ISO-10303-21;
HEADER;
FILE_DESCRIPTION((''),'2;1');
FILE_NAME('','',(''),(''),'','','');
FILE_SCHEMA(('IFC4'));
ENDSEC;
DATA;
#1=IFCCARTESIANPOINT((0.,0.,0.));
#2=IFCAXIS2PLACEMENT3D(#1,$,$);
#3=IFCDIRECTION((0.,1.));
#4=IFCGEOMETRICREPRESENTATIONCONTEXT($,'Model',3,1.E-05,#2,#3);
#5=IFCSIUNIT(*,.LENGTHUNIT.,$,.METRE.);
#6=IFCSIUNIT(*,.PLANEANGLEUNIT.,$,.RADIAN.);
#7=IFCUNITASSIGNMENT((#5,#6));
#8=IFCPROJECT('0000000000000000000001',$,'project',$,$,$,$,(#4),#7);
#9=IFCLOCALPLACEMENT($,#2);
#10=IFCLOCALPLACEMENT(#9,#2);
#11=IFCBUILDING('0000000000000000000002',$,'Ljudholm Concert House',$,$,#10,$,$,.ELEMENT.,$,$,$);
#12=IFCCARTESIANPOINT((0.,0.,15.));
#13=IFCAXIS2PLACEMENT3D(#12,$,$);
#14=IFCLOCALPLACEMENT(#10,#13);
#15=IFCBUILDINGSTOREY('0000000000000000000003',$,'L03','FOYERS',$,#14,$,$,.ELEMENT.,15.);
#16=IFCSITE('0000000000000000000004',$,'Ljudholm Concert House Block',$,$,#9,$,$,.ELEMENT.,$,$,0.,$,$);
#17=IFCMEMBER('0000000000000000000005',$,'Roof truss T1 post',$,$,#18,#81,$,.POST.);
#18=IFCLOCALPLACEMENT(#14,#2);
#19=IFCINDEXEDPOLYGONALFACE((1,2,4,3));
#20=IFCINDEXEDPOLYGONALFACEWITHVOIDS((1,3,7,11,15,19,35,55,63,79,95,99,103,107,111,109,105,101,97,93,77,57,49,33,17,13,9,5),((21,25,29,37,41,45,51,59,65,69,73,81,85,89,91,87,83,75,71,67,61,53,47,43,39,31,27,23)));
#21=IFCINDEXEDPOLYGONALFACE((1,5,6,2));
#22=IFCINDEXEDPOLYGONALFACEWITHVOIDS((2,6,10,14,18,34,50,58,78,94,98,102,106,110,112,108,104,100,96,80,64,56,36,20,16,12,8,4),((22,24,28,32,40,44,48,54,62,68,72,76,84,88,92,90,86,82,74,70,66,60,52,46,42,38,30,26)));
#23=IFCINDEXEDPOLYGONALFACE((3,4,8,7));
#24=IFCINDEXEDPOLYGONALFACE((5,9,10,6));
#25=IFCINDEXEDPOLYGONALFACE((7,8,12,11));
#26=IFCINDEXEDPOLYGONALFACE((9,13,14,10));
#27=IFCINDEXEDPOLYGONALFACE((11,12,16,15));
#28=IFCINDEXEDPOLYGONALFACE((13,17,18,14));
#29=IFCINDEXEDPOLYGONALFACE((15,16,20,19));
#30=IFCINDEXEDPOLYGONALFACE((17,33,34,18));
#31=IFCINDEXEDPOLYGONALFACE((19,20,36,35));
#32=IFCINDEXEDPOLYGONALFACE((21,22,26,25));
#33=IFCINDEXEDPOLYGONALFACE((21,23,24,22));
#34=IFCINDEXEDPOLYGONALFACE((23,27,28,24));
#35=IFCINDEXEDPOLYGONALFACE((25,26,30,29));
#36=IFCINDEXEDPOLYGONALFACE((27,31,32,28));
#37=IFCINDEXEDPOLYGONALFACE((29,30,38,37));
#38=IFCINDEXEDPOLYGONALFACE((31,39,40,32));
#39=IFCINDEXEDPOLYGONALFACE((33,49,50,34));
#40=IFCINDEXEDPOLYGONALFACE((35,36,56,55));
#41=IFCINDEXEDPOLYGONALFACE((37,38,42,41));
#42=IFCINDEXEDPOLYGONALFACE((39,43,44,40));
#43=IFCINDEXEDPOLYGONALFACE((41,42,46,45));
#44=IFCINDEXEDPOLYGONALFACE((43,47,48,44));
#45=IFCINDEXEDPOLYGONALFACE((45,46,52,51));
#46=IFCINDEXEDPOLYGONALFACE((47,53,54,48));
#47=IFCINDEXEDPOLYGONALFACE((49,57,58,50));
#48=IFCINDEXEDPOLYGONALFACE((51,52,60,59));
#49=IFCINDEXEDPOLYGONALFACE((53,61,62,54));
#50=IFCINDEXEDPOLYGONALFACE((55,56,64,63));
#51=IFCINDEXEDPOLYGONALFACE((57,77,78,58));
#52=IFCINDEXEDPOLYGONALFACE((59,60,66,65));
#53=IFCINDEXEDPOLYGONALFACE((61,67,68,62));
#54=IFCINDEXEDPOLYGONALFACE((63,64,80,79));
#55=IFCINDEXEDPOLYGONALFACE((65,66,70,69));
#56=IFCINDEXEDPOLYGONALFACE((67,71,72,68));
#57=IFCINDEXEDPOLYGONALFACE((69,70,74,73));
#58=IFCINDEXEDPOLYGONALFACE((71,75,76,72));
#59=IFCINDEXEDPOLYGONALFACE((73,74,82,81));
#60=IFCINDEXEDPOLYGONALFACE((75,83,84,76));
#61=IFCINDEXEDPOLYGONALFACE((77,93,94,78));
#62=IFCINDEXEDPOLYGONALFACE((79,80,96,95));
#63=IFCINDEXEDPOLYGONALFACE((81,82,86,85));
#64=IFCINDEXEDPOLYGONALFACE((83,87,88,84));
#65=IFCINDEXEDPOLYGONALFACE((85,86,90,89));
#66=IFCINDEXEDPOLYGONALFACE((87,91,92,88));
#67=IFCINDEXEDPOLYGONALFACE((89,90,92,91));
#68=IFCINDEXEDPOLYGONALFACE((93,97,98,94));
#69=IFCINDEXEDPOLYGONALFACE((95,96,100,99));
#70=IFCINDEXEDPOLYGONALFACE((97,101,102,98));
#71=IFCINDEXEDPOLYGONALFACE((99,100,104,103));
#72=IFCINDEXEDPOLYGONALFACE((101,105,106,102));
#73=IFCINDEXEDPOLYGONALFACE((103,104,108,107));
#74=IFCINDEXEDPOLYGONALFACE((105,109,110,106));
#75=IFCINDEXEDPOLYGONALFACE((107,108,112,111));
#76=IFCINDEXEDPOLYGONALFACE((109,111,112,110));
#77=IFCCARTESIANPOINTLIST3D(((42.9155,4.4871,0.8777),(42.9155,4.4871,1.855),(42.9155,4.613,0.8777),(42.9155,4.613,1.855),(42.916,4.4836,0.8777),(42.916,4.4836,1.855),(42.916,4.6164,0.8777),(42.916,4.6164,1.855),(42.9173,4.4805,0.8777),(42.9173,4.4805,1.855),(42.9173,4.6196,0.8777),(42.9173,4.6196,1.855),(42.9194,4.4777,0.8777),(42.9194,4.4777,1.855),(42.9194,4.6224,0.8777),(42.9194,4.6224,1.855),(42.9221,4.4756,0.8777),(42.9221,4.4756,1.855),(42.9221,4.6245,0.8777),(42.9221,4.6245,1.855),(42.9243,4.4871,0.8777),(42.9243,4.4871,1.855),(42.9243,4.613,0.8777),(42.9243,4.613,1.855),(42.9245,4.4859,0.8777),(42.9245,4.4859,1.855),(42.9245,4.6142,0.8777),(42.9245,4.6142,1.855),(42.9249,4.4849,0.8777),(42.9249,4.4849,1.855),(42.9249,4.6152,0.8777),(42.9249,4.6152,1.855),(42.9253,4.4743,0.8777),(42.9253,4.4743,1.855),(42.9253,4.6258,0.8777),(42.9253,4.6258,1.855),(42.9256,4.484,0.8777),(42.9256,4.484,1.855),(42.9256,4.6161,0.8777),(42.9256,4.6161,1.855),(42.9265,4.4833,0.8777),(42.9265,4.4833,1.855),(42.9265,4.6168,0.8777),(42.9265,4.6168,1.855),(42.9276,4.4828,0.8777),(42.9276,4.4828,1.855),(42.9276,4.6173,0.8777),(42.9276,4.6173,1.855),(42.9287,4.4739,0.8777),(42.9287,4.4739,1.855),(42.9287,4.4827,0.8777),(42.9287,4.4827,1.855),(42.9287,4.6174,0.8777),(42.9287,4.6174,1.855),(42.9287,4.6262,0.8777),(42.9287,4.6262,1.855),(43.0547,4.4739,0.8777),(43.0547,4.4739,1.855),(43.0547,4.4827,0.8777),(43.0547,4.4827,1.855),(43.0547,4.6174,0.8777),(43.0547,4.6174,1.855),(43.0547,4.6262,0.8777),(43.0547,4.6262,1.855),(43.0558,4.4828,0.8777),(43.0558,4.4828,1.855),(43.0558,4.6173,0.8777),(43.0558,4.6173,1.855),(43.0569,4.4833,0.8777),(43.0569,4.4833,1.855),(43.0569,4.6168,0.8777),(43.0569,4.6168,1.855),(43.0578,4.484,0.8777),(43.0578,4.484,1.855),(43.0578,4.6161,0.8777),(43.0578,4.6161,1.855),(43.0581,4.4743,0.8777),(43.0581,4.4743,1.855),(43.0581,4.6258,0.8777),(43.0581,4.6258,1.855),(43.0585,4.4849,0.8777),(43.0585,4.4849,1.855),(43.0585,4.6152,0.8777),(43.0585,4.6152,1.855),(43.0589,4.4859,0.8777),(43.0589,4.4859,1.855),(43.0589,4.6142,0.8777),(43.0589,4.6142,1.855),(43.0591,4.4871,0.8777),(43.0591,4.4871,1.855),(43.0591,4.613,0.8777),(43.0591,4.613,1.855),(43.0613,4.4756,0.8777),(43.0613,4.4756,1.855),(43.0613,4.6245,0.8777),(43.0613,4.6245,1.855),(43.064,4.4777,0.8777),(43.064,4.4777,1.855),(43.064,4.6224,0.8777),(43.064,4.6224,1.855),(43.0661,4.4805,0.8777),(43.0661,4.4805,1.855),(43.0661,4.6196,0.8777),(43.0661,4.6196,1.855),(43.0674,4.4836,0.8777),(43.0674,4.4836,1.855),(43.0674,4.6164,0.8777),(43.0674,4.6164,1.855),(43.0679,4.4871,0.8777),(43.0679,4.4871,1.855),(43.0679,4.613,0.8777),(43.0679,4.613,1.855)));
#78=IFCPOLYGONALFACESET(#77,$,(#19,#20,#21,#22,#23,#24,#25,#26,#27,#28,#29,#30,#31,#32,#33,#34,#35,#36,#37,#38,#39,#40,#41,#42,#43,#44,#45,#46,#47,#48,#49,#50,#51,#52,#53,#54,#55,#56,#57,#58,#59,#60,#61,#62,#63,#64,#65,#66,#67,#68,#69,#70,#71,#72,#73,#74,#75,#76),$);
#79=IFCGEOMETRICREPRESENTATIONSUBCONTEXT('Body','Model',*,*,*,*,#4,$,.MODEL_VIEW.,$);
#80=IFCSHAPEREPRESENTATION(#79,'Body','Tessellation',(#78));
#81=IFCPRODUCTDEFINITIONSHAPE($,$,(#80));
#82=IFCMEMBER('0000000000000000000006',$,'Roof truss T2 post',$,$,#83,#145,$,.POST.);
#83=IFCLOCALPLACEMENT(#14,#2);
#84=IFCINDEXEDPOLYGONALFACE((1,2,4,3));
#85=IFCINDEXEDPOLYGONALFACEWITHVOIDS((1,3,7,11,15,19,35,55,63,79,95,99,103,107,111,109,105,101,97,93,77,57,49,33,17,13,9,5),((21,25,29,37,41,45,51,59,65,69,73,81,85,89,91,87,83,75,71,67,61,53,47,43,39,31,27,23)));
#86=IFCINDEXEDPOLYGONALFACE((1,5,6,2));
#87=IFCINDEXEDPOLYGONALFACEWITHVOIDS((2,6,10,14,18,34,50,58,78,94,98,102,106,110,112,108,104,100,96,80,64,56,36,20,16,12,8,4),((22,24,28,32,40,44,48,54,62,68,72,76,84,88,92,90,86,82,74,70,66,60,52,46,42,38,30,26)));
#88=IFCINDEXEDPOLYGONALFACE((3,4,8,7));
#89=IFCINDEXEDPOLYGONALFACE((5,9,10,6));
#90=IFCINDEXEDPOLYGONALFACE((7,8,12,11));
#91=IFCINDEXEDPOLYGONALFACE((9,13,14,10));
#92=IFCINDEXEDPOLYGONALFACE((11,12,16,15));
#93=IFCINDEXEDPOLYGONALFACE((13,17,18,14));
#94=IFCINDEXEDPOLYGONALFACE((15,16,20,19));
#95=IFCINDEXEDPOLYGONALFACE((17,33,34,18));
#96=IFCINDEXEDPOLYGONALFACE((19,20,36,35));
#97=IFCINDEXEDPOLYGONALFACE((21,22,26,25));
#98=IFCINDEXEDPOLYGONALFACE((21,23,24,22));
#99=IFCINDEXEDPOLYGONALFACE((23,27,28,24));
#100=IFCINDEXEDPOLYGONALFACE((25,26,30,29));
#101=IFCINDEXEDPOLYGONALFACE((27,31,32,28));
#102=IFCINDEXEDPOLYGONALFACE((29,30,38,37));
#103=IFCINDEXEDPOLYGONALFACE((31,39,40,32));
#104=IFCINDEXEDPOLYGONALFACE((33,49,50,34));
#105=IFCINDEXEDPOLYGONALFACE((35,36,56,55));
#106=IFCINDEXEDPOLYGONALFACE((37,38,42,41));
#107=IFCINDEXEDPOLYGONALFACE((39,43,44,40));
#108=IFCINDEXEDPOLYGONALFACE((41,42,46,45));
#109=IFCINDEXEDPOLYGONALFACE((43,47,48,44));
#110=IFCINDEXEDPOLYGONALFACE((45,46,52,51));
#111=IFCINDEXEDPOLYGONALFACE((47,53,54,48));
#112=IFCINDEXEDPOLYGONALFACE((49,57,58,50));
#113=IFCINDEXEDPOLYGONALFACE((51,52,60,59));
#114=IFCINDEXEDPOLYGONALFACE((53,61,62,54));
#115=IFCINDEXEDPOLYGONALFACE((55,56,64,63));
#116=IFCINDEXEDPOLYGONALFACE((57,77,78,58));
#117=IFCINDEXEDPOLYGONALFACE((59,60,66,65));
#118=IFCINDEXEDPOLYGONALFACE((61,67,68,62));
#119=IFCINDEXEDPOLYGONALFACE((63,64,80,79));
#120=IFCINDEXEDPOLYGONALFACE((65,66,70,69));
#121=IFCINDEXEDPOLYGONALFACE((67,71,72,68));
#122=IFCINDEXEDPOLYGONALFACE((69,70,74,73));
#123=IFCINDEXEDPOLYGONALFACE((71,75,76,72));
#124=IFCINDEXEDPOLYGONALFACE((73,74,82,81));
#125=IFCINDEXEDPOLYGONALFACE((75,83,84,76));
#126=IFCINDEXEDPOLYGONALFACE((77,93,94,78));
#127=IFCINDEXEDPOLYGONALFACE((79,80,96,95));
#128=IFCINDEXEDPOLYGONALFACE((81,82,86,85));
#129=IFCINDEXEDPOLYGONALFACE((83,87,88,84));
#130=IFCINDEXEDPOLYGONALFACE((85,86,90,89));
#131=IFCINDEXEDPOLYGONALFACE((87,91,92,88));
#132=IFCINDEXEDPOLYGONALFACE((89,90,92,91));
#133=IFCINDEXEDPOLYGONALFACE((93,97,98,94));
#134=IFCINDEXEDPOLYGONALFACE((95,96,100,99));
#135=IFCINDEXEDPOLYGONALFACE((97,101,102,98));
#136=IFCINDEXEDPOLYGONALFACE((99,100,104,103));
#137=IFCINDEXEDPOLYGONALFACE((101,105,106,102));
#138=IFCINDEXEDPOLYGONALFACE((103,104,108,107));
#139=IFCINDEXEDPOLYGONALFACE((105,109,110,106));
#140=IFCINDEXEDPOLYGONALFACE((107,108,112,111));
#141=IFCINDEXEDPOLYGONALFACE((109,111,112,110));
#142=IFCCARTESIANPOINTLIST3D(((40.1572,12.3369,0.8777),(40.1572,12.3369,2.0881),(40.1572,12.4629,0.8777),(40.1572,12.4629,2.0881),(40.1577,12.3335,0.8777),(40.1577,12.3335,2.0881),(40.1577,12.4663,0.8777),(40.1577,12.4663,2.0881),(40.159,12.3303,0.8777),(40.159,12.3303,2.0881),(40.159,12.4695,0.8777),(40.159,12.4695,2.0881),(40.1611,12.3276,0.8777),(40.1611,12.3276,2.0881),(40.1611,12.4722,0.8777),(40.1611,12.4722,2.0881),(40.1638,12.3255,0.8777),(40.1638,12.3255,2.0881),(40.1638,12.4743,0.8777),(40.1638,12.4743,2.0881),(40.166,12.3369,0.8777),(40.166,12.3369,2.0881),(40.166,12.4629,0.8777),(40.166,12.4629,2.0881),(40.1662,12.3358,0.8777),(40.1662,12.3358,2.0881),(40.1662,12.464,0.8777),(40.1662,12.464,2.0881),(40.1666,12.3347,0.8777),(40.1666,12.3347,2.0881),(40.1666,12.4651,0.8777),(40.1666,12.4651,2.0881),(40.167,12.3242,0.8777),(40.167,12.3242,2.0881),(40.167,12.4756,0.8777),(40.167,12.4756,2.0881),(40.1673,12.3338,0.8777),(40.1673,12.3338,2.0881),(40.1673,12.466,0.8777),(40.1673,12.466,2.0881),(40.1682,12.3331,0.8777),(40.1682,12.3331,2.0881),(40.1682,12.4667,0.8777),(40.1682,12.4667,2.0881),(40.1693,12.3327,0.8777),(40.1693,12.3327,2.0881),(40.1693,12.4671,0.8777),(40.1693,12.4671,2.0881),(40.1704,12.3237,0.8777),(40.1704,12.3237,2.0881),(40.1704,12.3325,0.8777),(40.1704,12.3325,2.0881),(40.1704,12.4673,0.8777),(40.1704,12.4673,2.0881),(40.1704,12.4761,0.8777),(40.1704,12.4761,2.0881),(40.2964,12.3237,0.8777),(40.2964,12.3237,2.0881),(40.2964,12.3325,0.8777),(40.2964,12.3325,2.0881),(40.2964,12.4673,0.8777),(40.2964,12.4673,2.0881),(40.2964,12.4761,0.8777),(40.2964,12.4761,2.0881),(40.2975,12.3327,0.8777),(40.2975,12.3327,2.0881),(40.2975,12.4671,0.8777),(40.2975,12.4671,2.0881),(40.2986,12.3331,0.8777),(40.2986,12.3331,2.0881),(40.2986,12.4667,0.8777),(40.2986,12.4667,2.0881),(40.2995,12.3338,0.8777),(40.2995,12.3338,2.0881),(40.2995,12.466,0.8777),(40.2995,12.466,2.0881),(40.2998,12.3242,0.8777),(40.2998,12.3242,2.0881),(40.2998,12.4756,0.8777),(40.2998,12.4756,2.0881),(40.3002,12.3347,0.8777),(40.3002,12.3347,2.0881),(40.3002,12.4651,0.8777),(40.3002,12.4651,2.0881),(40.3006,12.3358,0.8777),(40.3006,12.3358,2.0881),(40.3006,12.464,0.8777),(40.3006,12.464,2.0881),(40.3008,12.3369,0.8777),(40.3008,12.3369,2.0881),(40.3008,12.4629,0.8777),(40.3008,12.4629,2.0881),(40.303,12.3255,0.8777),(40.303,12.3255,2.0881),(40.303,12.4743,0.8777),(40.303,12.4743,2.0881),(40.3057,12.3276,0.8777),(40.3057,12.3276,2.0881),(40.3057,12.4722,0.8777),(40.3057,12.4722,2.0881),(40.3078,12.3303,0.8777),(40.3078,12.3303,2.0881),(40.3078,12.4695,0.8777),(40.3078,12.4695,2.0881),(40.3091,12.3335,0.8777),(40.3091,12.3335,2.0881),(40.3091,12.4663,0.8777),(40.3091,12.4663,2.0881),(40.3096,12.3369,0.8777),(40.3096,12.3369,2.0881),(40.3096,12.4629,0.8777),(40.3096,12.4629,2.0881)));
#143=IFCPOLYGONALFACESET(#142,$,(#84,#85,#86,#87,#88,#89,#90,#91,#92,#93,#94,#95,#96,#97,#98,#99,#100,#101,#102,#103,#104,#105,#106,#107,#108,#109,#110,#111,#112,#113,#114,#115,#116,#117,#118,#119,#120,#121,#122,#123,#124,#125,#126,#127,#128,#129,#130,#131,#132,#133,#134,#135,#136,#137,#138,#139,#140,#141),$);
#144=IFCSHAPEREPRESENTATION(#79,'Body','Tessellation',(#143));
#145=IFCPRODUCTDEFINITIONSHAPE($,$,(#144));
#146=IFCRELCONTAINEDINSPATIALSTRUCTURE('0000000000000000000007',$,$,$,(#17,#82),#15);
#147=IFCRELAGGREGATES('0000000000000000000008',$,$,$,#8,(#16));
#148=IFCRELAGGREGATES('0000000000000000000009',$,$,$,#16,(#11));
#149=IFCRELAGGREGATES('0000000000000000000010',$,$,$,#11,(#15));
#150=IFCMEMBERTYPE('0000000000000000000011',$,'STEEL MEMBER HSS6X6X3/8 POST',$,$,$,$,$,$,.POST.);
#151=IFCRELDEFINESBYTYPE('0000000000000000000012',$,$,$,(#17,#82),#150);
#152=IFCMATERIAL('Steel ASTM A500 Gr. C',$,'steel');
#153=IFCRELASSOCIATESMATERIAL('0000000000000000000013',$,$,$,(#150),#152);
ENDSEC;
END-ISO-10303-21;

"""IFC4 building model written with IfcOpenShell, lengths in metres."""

from ifc_helpers import new_model, si_unit, direction, frame, origin, origin_2d, place, context, subcontext, project, spatial, hollow_rectangle, extrude, material, material_profile, profile_set, type_object, element, save


model = new_model("IFC4")

# Units and contexts
model_context = context("Model", 3, precision=1e-05, world=origin(), true_north=direction((0.0, 1.0)))
body_context = subcontext(model_context, "Body", "Model", "MODEL_VIEW")
ifc_project = project(units=[si_unit("LENGTHUNIT", "METRE"), si_unit("PLANEANGLEUNIT", "RADIAN")], contexts=[model_context])

# Site, building, storey
site_placement = place(None, origin())
site = spatial("IfcSite", under=ifc_project, at=site_placement, Name="Ljudholm Concert House Block", CompositionType="ELEMENT", RefElevation=0.0)
building_placement = place(site_placement, origin())
building = spatial("IfcBuilding", under=site, at=building_placement, Name="Ljudholm Concert House", CompositionType="ELEMENT")
storey_placement = place(building_placement, frame((0.0, 0.0, 15.0)))
storey = spatial("IfcBuildingStorey", under=building, at=storey_placement, Name="L03", Description="FOYERS", CompositionType="ELEMENT", Elevation=15.0)

# Members
ifc_material_1 = material(Name="Steel ASTM A500 Gr. C", Category="steel")
ifc_material_profile_1 = material_profile(ifc_material_1, hollow_rectangle(XDim=0.1523, YDim=0.1523, WallThickness=0.0088, InnerFilletRadius=0.0044, OuterFilletRadius=0.0132, at=origin_2d()), Name="HSS6X6X3/8")
ifc_profile_set_1 = profile_set([ifc_material_profile_1], Name="Steel ASTM A500 Gr. C")
member_type_1 = type_object("IfcMemberType", Name="STEEL MEMBER HSS6X6X3/8 POST", PredefinedType="POST", material=ifc_profile_set_1)
member_1_placement = place(storey_placement, frame((42.9917, 4.55, 0.8777), z_axis=(0.0, 0.0, 1.0), x_axis=(1.0, 0.0, 0.0)))
element("IfcMember", 1, at=member_1_placement, inside=storey, type_object=member_type_1, Name="Roof truss T1 post", PredefinedType="POST", context=body_context, shape_type="SweptSolid", body=[
    extrude(hollow_rectangle(XDim=0.1523, YDim=0.1523, WallThickness=0.0088, InnerFilletRadius=0.0044, OuterFilletRadius=0.0132, at=origin_2d()), origin(), (0.0, 0.0, 1.0), 0.9773),
])
member_2_placement = place(storey_placement, frame((40.2334, 12.3999, 0.8777), z_axis=(0.0, 0.0, 1.0), x_axis=(1.0, 0.0, 0.0)))
element("IfcMember", 2, at=member_2_placement, inside=storey, type_object=member_type_1, Name="Roof truss T2 post", PredefinedType="POST", context=body_context, shape_type="SweptSolid", body=[
    extrude(hollow_rectangle(XDim=0.1523, YDim=0.1523, WallThickness=0.0088, InnerFilletRadius=0.0044, OuterFilletRadius=0.0132, at=origin_2d()), origin(), (0.0, 0.0, 1.0), 1.2104),
])

save(model, "model.ifc")
